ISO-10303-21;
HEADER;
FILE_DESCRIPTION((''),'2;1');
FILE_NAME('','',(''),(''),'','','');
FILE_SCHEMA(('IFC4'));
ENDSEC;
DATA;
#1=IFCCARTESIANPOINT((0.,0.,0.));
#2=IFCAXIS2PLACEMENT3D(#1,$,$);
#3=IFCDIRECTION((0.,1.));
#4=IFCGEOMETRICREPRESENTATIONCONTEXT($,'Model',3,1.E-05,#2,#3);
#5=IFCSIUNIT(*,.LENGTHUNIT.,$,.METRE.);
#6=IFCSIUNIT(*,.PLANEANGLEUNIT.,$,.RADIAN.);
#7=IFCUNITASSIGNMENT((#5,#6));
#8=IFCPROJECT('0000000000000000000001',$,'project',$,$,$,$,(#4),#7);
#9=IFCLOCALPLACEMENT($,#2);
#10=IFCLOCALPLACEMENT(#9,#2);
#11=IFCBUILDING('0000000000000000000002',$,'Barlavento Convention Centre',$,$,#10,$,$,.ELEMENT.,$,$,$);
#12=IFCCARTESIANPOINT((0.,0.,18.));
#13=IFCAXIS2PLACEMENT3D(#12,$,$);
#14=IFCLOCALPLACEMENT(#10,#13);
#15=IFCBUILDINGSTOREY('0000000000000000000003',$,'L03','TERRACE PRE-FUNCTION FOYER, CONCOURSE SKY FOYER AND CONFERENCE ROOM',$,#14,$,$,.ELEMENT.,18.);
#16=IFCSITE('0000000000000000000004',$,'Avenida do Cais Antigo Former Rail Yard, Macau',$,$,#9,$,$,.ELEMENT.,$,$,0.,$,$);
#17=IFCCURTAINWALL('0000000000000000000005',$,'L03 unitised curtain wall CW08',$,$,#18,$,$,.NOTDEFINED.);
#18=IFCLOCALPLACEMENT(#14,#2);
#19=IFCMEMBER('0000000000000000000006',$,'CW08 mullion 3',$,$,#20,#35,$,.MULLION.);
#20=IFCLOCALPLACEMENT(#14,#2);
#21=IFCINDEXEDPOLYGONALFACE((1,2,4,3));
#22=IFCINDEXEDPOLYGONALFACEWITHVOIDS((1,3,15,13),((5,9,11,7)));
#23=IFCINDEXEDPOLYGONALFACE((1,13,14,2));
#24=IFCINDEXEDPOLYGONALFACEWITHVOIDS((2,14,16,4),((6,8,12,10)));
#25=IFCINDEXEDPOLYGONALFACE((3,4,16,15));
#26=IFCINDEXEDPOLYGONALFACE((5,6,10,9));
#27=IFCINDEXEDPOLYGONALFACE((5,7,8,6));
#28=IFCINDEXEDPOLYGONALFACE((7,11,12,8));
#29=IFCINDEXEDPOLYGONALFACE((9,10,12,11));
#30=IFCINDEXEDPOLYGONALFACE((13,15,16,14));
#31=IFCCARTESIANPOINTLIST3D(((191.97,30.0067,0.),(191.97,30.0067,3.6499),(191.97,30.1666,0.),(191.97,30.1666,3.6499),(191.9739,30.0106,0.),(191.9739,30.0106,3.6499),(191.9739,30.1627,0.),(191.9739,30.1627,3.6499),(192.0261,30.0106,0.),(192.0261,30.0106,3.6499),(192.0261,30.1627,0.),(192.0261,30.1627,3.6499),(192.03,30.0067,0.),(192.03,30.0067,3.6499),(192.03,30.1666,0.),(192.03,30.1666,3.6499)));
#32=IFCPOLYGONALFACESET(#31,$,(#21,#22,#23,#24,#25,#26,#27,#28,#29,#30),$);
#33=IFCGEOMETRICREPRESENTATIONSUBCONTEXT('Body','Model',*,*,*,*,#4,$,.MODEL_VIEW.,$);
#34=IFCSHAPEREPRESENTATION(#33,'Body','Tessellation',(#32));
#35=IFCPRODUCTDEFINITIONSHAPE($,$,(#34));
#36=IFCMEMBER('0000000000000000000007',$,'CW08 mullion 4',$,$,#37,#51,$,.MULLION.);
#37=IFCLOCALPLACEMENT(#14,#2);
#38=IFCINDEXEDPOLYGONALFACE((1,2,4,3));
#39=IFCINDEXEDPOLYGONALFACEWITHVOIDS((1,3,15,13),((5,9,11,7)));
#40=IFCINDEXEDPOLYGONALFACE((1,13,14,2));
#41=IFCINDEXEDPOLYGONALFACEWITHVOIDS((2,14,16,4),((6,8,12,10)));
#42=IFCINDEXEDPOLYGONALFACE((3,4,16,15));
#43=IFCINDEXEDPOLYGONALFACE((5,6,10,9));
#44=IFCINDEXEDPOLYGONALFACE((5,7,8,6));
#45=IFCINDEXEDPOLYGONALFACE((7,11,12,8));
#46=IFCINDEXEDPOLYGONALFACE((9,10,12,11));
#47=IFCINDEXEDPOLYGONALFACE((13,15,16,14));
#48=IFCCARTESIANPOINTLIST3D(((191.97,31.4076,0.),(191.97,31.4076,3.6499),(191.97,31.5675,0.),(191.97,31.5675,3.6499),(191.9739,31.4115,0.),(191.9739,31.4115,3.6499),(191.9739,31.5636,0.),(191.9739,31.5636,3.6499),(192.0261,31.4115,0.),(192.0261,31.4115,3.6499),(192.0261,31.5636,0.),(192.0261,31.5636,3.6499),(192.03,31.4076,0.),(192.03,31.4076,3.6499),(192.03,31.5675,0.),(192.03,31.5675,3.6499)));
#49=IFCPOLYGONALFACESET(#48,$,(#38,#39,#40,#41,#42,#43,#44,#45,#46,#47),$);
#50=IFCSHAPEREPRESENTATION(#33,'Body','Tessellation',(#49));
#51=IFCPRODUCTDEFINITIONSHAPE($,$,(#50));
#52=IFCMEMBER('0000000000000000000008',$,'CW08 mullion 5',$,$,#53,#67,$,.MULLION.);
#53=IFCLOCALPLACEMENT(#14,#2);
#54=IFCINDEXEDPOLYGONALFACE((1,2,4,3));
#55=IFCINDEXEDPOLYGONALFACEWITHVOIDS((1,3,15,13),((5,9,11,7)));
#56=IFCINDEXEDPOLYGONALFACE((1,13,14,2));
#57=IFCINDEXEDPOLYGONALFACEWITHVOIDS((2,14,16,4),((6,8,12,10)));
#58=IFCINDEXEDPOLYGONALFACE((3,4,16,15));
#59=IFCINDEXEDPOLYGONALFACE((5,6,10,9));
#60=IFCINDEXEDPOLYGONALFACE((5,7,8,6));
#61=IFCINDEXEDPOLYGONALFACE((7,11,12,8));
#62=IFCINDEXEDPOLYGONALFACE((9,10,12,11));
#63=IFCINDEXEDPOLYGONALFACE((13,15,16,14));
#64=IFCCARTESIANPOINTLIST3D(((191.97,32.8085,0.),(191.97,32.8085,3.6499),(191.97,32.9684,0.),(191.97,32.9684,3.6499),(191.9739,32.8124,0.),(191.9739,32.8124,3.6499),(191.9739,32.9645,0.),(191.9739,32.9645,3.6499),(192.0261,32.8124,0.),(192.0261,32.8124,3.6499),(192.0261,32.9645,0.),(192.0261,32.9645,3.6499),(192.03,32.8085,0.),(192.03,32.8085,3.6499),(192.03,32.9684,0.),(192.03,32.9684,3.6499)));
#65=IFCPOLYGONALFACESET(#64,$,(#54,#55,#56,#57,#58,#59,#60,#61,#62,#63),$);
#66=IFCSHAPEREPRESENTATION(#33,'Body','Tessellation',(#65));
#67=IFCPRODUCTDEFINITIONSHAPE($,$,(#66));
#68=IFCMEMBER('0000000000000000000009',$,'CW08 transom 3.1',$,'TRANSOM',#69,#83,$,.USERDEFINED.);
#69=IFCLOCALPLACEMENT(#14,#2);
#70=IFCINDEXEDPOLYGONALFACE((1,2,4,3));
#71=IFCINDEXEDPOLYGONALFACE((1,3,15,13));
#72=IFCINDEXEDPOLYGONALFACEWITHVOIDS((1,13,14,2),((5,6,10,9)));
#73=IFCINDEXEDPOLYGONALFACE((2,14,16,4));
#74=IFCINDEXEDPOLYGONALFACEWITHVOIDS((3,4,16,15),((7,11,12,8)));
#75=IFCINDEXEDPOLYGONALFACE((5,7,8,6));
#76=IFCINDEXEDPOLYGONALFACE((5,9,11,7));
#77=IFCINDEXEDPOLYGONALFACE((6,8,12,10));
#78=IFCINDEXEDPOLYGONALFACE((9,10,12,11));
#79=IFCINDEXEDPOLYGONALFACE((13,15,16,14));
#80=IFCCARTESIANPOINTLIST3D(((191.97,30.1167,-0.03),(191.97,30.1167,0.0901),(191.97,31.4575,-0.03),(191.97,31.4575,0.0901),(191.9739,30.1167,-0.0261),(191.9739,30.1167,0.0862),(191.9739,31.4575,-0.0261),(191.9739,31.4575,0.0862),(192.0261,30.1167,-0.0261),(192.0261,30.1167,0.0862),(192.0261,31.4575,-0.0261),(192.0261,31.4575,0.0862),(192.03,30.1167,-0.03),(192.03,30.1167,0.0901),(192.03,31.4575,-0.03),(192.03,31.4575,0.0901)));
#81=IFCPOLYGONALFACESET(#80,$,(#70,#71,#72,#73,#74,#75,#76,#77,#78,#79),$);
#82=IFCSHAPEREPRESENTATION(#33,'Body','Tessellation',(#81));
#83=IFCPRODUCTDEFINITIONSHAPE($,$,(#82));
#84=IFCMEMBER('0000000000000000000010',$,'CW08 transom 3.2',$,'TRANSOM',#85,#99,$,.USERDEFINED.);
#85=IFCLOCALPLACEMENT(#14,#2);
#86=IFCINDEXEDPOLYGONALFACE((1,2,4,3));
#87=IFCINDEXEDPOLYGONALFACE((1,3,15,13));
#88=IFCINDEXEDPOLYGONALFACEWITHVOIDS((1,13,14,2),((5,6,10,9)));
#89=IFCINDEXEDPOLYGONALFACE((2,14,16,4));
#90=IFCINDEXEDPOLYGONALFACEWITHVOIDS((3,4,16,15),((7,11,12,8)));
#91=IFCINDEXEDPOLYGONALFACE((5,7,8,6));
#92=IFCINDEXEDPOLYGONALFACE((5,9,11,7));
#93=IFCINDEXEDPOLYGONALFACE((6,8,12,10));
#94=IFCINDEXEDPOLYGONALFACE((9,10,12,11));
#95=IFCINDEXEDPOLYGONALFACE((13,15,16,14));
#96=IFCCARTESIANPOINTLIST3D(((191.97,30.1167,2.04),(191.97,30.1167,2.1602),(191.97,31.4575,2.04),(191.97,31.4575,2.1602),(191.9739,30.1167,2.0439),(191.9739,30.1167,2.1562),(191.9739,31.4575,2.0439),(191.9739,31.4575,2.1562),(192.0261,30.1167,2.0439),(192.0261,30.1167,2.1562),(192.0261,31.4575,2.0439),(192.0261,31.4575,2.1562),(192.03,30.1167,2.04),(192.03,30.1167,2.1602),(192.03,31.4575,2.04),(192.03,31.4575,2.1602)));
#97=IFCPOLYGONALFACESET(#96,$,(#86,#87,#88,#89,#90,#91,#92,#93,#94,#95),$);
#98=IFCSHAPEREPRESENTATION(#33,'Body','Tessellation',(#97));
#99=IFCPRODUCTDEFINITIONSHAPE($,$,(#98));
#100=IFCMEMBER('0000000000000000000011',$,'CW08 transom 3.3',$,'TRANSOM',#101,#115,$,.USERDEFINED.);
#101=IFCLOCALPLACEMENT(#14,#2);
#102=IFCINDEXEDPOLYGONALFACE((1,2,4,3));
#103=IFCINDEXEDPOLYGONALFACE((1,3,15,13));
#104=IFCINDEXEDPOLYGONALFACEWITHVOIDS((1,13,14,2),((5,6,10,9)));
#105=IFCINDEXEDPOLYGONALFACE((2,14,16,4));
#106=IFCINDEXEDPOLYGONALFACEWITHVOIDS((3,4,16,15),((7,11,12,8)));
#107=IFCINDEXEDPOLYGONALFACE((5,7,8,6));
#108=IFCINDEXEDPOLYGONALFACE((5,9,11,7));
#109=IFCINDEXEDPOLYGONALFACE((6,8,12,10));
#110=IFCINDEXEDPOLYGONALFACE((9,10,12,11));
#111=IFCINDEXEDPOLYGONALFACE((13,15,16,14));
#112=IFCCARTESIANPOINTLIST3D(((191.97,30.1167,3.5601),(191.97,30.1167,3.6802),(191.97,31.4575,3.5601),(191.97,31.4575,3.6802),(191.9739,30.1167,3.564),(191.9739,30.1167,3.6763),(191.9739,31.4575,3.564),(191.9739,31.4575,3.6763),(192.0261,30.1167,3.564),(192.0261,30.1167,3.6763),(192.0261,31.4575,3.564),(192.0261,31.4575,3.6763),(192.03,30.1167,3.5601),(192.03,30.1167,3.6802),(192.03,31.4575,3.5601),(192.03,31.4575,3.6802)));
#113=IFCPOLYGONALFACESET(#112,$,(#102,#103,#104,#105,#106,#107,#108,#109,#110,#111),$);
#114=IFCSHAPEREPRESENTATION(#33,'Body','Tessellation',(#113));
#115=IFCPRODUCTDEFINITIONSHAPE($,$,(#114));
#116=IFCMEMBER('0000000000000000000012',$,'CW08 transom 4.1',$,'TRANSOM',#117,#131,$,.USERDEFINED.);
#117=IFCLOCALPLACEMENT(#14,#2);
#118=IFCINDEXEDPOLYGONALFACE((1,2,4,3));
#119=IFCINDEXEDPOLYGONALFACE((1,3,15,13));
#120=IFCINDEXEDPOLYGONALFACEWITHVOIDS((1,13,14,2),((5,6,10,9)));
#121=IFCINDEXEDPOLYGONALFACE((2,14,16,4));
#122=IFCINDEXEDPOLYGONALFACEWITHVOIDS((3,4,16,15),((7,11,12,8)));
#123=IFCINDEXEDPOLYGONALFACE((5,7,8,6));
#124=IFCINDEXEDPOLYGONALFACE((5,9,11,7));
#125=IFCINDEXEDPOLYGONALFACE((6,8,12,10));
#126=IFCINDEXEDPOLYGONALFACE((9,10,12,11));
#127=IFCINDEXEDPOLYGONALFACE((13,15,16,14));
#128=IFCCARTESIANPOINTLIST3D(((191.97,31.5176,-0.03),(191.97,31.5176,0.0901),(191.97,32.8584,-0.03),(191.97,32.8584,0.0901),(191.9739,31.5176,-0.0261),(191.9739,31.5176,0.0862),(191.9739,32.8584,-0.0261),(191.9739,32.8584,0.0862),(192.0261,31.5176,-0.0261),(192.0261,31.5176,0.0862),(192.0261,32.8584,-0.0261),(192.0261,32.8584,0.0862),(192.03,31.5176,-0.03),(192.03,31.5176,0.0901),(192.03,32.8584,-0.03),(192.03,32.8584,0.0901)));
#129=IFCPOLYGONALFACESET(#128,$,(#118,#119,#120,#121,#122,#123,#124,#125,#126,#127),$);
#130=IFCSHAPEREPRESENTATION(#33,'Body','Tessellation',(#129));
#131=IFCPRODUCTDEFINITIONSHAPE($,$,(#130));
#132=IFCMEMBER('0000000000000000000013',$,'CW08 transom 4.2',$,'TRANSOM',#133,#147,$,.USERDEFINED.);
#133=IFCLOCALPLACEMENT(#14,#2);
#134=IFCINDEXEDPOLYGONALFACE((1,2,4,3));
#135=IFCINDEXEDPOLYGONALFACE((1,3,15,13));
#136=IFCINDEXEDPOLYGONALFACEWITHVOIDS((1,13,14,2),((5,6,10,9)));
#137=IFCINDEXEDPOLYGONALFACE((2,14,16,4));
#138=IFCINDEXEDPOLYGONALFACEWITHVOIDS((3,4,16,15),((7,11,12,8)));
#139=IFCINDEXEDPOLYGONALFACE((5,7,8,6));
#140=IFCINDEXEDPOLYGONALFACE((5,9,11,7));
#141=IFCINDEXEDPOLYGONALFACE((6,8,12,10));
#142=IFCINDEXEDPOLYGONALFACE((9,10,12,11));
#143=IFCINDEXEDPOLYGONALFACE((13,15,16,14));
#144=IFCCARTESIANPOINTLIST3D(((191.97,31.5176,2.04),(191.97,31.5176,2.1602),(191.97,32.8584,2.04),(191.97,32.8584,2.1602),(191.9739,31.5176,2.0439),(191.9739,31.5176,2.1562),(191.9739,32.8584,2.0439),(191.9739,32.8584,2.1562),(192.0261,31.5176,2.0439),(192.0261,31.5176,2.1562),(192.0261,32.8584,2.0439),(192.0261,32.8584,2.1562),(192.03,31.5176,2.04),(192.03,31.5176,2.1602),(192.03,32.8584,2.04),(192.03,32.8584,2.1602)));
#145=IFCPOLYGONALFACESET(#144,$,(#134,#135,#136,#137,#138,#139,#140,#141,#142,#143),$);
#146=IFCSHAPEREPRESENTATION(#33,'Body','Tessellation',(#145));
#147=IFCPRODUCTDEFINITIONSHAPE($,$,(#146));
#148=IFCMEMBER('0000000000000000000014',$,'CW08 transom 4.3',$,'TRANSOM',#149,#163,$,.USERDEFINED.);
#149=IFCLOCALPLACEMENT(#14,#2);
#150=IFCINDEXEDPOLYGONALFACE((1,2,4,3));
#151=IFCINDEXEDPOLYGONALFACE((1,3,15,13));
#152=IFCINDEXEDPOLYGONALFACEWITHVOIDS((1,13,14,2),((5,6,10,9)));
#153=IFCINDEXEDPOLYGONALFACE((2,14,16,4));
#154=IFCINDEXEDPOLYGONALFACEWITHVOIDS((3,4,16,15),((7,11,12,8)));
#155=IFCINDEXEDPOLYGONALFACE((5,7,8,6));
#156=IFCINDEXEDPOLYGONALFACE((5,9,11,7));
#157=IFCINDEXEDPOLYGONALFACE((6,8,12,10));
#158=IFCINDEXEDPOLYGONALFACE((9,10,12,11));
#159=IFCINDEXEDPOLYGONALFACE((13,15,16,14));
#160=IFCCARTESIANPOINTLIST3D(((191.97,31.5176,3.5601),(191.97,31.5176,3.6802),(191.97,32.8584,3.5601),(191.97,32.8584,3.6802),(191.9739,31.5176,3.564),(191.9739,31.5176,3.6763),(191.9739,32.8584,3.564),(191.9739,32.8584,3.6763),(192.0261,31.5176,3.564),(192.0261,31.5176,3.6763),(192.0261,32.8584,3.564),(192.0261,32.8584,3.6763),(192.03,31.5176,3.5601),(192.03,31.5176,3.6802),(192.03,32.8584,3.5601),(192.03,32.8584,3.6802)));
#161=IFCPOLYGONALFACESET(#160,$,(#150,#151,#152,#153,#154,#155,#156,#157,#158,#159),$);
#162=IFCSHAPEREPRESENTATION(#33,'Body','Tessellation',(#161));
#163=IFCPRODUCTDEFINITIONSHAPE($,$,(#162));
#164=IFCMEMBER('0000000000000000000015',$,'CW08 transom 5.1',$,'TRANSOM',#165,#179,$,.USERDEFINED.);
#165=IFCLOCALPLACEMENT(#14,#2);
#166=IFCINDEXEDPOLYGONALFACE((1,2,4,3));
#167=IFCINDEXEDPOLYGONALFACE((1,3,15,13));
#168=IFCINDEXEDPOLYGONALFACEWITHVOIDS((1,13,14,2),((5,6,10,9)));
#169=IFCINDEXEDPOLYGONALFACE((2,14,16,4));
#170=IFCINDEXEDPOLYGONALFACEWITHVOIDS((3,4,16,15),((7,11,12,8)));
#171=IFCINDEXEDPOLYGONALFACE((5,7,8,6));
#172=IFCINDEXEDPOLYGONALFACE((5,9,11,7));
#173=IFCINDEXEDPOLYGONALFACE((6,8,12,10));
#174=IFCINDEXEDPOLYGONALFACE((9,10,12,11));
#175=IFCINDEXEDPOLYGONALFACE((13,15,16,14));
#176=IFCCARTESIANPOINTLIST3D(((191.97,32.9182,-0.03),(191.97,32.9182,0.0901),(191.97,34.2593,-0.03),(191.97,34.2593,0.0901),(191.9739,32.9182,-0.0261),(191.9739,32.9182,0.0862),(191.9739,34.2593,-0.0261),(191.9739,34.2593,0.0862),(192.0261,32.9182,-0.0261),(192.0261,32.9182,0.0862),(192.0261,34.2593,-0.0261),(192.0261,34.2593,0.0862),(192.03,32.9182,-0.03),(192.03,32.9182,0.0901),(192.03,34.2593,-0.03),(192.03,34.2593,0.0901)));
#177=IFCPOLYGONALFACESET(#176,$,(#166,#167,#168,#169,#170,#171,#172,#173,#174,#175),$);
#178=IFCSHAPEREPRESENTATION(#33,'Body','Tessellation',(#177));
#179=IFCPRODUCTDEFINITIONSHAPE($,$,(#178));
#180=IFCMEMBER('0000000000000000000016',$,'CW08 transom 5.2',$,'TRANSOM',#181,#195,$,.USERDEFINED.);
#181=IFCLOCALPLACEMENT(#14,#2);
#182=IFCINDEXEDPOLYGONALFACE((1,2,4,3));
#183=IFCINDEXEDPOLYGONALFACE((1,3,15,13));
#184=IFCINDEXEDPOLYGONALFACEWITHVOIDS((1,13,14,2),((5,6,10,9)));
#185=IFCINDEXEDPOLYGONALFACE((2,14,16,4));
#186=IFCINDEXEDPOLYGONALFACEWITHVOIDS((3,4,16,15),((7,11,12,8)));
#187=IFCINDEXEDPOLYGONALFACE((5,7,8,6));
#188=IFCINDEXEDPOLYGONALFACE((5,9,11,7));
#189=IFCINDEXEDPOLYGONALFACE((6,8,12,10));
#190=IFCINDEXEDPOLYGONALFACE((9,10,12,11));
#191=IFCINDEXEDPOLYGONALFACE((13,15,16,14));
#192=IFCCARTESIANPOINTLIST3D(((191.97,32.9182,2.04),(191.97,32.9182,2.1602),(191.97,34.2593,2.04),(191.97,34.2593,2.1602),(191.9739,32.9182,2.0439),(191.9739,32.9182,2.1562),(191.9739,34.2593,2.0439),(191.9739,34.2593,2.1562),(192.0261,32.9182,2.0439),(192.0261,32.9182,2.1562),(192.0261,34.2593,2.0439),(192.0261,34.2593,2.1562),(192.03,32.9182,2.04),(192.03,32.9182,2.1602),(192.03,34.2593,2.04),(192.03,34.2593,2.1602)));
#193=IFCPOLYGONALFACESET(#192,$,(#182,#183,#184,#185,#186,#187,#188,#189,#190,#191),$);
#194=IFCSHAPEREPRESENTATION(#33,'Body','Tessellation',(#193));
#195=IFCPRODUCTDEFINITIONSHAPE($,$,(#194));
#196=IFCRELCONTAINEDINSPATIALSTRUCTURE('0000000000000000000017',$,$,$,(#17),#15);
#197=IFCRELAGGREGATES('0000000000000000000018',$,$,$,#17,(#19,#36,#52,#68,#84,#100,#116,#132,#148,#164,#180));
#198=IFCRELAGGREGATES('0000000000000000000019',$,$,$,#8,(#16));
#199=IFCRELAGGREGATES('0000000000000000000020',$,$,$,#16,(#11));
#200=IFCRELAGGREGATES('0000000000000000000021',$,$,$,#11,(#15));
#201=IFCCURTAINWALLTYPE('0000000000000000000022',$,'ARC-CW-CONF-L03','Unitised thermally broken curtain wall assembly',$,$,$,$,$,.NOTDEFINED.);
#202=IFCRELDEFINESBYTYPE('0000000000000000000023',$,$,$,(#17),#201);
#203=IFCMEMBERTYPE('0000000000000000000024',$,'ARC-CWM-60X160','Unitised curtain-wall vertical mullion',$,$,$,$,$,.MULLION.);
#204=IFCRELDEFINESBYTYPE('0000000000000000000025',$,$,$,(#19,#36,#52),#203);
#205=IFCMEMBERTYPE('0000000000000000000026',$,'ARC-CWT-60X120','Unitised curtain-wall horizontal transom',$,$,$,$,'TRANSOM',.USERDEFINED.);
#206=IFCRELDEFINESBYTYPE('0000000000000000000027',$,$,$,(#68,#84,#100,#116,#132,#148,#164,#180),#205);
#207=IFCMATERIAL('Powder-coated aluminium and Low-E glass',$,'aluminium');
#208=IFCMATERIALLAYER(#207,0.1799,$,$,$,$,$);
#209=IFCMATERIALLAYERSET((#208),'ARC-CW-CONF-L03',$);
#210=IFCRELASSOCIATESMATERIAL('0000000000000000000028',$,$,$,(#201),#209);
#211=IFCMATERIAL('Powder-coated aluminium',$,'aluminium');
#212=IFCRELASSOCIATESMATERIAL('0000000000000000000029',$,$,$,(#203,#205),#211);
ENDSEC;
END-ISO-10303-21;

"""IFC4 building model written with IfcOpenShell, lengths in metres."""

from ifc_helpers import new_model, si_unit, direction, frame, origin, origin_2d, place, context, subcontext, project, spatial, hollow_rectangle, extrude, material, layer, layer_set, material_profile, profile_set, type_object, element, aggregate, save


model = new_model("IFC4")

# Units and contexts
model_context = context("Model", 3, precision=1e-05, world=origin(), true_north=direction((0.0, 1.0)))
body_context = subcontext(model_context, "Body", "Model", "MODEL_VIEW")
ifc_project = project(units=[si_unit("LENGTHUNIT", "METRE"), si_unit("PLANEANGLEUNIT", "RADIAN")], contexts=[model_context])

# Site, building, storey
site_placement = place(None, origin())
site = spatial("IfcSite", under=ifc_project, at=site_placement, Name="Avenida do Cais Antigo Former Rail Yard, Macau", CompositionType="ELEMENT", RefElevation=0.0)
building_placement = place(site_placement, origin())
building = spatial("IfcBuilding", under=site, at=building_placement, Name="Barlavento Convention Centre", CompositionType="ELEMENT")
storey_placement = place(building_placement, frame((0.0, 0.0, 18.0)))
storey = spatial("IfcBuildingStorey", under=building, at=storey_placement, Name="L03", Description="TERRACE PRE-FUNCTION FOYER, CONCOURSE SKY FOYER AND CONFERENCE ROOM", CompositionType="ELEMENT", Elevation=18.0)

# Curtain wall, members
ifc_material_1 = material(Name="Powder-coated aluminium and Low-E glass", Category="aluminium")
ifc_layer_1 = layer(ifc_material_1, 0.1799)
ifc_layer_set_1 = layer_set([ifc_layer_1], Name="ARC-CW-CONF-L03")
curtain_wall_type = type_object("IfcCurtainWallType", Name="ARC-CW-CONF-L03", Description="Unitised thermally broken curtain wall assembly", PredefinedType="NOTDEFINED", material=ifc_layer_set_1)
curtain_wall_placement = place(storey_placement, origin())
curtain_wall = element("IfcCurtainWall", 1, at=curtain_wall_placement, inside=storey, type_object=curtain_wall_type, Name="L03 unitised curtain wall CW08", PredefinedType="NOTDEFINED")
ifc_material_2 = material(Name="Powder-coated aluminium", Category="aluminium")
ifc_material_profile_1 = material_profile(ifc_material_2, hollow_rectangle(XDim=0.0601, YDim=0.1599, WallThickness=0.0039, at=origin_2d()), Name="AL-MULL 60x160x4")
ifc_profile_set_1 = profile_set([ifc_material_profile_1], Name="Powder-coated aluminium")
member_type_1 = type_object("IfcMemberType", Name="ARC-CWM-60X160", Description="Unitised curtain-wall vertical mullion", PredefinedType="MULLION", material=ifc_profile_set_1)
member_1_placement = place(storey_placement, frame((192.0, 30.0867, 0.0), z_axis=(0.0, 0.0, 1.0), x_axis=(-1.0, 0.0, 0.0)))
member_1 = element("IfcMember", 2, at=member_1_placement, type_object=member_type_1, Name="CW08 mullion 3", PredefinedType="MULLION", context=body_context, shape_type="SweptSolid", body=[
    extrude(hollow_rectangle(XDim=0.0601, YDim=0.1599, WallThickness=0.0039, at=origin_2d()), origin(), (0.0, 0.0, 1.0), 3.6499),
])
member_2_placement = place(storey_placement, frame((192.0, 31.4875, 0.0), z_axis=(0.0, 0.0, 1.0), x_axis=(-1.0, 0.0, 0.0)))
member_2 = element("IfcMember", 3, at=member_2_placement, type_object=member_type_1, Name="CW08 mullion 4", PredefinedType="MULLION", context=body_context, shape_type="SweptSolid", body=[
    extrude(hollow_rectangle(XDim=0.0601, YDim=0.1599, WallThickness=0.0039, at=origin_2d()), origin(), (0.0, 0.0, 1.0), 3.6499),
])
member_3_placement = place(storey_placement, frame((192.0, 32.8884, 0.0), z_axis=(0.0, 0.0, 1.0), x_axis=(-1.0, 0.0, 0.0)))
member_3 = element("IfcMember", 4, at=member_3_placement, type_object=member_type_1, Name="CW08 mullion 5", PredefinedType="MULLION", context=body_context, shape_type="SweptSolid", body=[
    extrude(hollow_rectangle(XDim=0.0601, YDim=0.1599, WallThickness=0.0039, at=origin_2d()), origin(), (0.0, 0.0, 1.0), 3.6499),
])
ifc_material_profile_2 = material_profile(ifc_material_2, hollow_rectangle(XDim=0.0601, YDim=0.1201, WallThickness=0.0039, at=origin_2d()), Name="AL-TRAN 60x120x4")
ifc_profile_set_2 = profile_set([ifc_material_profile_2], Name="Powder-coated aluminium")
member_type_2 = type_object("IfcMemberType", Name="ARC-CWT-60X120", Description="Unitised curtain-wall horizontal transom", ElementType="TRANSOM", PredefinedType="USERDEFINED", material=ifc_profile_set_2)
member_4_placement = place(storey_placement, frame((192.0, 30.1167, 0.03), z_axis=(0.0, 1.0, 0.0), x_axis=(-1.0, 0.0, 0.0)))
member_4 = element("IfcMember", 5, at=member_4_placement, type_object=member_type_2, Name="CW08 transom 3.1", ObjectType="TRANSOM", PredefinedType="USERDEFINED", context=body_context, shape_type="SweptSolid", body=[
    extrude(hollow_rectangle(XDim=0.0601, YDim=0.1201, WallThickness=0.0039, at=origin_2d()), origin(), (0.0, 0.0, 1.0), 1.3408),
])
member_5_placement = place(storey_placement, frame((192.0, 30.1167, 2.1001), z_axis=(0.0, 1.0, 0.0), x_axis=(-1.0, 0.0, 0.0)))
member_5 = element("IfcMember", 6, at=member_5_placement, type_object=member_type_2, Name="CW08 transom 3.2", ObjectType="TRANSOM", PredefinedType="USERDEFINED", context=body_context, shape_type="SweptSolid", body=[
    extrude(hollow_rectangle(XDim=0.0601, YDim=0.1201, WallThickness=0.0039, at=origin_2d()), origin(), (0.0, 0.0, 1.0), 1.3408),
])
member_6_placement = place(storey_placement, frame((192.0, 30.1167, 3.6201), z_axis=(0.0, 1.0, 0.0), x_axis=(-1.0, 0.0, 0.0)))
member_6 = element("IfcMember", 7, at=member_6_placement, type_object=member_type_2, Name="CW08 transom 3.3", ObjectType="TRANSOM", PredefinedType="USERDEFINED", context=body_context, shape_type="SweptSolid", body=[
    extrude(hollow_rectangle(XDim=0.0601, YDim=0.1201, WallThickness=0.0039, at=origin_2d()), origin(), (0.0, 0.0, 1.0), 1.3408),
])
member_7_placement = place(storey_placement, frame((192.0, 31.5176, 0.03), z_axis=(0.0, 1.0, 0.0), x_axis=(-1.0, 0.0, 0.0)))
member_7 = element("IfcMember", 8, at=member_7_placement, type_object=member_type_2, Name="CW08 transom 4.1", ObjectType="TRANSOM", PredefinedType="USERDEFINED", context=body_context, shape_type="SweptSolid", body=[
    extrude(hollow_rectangle(XDim=0.0601, YDim=0.1201, WallThickness=0.0039, at=origin_2d()), origin(), (0.0, 0.0, 1.0), 1.3408),
])
member_8_placement = place(storey_placement, frame((192.0, 31.5176, 2.1001), z_axis=(0.0, 1.0, 0.0), x_axis=(-1.0, 0.0, 0.0)))
member_8 = element("IfcMember", 9, at=member_8_placement, type_object=member_type_2, Name="CW08 transom 4.2", ObjectType="TRANSOM", PredefinedType="USERDEFINED", context=body_context, shape_type="SweptSolid", body=[
    extrude(hollow_rectangle(XDim=0.0601, YDim=0.1201, WallThickness=0.0039, at=origin_2d()), origin(), (0.0, 0.0, 1.0), 1.3408),
])
member_9_placement = place(storey_placement, frame((192.0, 31.5176, 3.6201), z_axis=(0.0, 1.0, 0.0), x_axis=(-1.0, 0.0, 0.0)))
member_9 = element("IfcMember", 10, at=member_9_placement, type_object=member_type_2, Name="CW08 transom 4.3", ObjectType="TRANSOM", PredefinedType="USERDEFINED", context=body_context, shape_type="SweptSolid", body=[
    extrude(hollow_rectangle(XDim=0.0601, YDim=0.1201, WallThickness=0.0039, at=origin_2d()), origin(), (0.0, 0.0, 1.0), 1.3408),
])
member_10_placement = place(storey_placement, frame((192.0, 32.9182, 0.03), z_axis=(0.0, 1.0, 0.0), x_axis=(-1.0, 0.0, 0.0)))
member_10 = element("IfcMember", 11, at=member_10_placement, type_object=member_type_2, Name="CW08 transom 5.1", ObjectType="TRANSOM", PredefinedType="USERDEFINED", context=body_context, shape_type="SweptSolid", body=[
    extrude(hollow_rectangle(XDim=0.0601, YDim=0.1201, WallThickness=0.0039, at=origin_2d()), origin(), (0.0, 0.0, 1.0), 1.3411),
])
member_11_placement = place(storey_placement, frame((192.0, 32.9182, 2.1001), z_axis=(0.0, 1.0, 0.0), x_axis=(-1.0, 0.0, 0.0)))
member_11 = element("IfcMember", 12, at=member_11_placement, type_object=member_type_2, Name="CW08 transom 5.2", ObjectType="TRANSOM", PredefinedType="USERDEFINED", context=body_context, shape_type="SweptSolid", body=[
    extrude(hollow_rectangle(XDim=0.0601, YDim=0.1201, WallThickness=0.0039, at=origin_2d()), origin(), (0.0, 0.0, 1.0), 1.3411),
])
aggregate(curtain_wall, [member_1, member_2, member_3, member_4, member_5, member_6, member_7, member_8, member_9, member_10, member_11])

save(model, "model.ifc")
